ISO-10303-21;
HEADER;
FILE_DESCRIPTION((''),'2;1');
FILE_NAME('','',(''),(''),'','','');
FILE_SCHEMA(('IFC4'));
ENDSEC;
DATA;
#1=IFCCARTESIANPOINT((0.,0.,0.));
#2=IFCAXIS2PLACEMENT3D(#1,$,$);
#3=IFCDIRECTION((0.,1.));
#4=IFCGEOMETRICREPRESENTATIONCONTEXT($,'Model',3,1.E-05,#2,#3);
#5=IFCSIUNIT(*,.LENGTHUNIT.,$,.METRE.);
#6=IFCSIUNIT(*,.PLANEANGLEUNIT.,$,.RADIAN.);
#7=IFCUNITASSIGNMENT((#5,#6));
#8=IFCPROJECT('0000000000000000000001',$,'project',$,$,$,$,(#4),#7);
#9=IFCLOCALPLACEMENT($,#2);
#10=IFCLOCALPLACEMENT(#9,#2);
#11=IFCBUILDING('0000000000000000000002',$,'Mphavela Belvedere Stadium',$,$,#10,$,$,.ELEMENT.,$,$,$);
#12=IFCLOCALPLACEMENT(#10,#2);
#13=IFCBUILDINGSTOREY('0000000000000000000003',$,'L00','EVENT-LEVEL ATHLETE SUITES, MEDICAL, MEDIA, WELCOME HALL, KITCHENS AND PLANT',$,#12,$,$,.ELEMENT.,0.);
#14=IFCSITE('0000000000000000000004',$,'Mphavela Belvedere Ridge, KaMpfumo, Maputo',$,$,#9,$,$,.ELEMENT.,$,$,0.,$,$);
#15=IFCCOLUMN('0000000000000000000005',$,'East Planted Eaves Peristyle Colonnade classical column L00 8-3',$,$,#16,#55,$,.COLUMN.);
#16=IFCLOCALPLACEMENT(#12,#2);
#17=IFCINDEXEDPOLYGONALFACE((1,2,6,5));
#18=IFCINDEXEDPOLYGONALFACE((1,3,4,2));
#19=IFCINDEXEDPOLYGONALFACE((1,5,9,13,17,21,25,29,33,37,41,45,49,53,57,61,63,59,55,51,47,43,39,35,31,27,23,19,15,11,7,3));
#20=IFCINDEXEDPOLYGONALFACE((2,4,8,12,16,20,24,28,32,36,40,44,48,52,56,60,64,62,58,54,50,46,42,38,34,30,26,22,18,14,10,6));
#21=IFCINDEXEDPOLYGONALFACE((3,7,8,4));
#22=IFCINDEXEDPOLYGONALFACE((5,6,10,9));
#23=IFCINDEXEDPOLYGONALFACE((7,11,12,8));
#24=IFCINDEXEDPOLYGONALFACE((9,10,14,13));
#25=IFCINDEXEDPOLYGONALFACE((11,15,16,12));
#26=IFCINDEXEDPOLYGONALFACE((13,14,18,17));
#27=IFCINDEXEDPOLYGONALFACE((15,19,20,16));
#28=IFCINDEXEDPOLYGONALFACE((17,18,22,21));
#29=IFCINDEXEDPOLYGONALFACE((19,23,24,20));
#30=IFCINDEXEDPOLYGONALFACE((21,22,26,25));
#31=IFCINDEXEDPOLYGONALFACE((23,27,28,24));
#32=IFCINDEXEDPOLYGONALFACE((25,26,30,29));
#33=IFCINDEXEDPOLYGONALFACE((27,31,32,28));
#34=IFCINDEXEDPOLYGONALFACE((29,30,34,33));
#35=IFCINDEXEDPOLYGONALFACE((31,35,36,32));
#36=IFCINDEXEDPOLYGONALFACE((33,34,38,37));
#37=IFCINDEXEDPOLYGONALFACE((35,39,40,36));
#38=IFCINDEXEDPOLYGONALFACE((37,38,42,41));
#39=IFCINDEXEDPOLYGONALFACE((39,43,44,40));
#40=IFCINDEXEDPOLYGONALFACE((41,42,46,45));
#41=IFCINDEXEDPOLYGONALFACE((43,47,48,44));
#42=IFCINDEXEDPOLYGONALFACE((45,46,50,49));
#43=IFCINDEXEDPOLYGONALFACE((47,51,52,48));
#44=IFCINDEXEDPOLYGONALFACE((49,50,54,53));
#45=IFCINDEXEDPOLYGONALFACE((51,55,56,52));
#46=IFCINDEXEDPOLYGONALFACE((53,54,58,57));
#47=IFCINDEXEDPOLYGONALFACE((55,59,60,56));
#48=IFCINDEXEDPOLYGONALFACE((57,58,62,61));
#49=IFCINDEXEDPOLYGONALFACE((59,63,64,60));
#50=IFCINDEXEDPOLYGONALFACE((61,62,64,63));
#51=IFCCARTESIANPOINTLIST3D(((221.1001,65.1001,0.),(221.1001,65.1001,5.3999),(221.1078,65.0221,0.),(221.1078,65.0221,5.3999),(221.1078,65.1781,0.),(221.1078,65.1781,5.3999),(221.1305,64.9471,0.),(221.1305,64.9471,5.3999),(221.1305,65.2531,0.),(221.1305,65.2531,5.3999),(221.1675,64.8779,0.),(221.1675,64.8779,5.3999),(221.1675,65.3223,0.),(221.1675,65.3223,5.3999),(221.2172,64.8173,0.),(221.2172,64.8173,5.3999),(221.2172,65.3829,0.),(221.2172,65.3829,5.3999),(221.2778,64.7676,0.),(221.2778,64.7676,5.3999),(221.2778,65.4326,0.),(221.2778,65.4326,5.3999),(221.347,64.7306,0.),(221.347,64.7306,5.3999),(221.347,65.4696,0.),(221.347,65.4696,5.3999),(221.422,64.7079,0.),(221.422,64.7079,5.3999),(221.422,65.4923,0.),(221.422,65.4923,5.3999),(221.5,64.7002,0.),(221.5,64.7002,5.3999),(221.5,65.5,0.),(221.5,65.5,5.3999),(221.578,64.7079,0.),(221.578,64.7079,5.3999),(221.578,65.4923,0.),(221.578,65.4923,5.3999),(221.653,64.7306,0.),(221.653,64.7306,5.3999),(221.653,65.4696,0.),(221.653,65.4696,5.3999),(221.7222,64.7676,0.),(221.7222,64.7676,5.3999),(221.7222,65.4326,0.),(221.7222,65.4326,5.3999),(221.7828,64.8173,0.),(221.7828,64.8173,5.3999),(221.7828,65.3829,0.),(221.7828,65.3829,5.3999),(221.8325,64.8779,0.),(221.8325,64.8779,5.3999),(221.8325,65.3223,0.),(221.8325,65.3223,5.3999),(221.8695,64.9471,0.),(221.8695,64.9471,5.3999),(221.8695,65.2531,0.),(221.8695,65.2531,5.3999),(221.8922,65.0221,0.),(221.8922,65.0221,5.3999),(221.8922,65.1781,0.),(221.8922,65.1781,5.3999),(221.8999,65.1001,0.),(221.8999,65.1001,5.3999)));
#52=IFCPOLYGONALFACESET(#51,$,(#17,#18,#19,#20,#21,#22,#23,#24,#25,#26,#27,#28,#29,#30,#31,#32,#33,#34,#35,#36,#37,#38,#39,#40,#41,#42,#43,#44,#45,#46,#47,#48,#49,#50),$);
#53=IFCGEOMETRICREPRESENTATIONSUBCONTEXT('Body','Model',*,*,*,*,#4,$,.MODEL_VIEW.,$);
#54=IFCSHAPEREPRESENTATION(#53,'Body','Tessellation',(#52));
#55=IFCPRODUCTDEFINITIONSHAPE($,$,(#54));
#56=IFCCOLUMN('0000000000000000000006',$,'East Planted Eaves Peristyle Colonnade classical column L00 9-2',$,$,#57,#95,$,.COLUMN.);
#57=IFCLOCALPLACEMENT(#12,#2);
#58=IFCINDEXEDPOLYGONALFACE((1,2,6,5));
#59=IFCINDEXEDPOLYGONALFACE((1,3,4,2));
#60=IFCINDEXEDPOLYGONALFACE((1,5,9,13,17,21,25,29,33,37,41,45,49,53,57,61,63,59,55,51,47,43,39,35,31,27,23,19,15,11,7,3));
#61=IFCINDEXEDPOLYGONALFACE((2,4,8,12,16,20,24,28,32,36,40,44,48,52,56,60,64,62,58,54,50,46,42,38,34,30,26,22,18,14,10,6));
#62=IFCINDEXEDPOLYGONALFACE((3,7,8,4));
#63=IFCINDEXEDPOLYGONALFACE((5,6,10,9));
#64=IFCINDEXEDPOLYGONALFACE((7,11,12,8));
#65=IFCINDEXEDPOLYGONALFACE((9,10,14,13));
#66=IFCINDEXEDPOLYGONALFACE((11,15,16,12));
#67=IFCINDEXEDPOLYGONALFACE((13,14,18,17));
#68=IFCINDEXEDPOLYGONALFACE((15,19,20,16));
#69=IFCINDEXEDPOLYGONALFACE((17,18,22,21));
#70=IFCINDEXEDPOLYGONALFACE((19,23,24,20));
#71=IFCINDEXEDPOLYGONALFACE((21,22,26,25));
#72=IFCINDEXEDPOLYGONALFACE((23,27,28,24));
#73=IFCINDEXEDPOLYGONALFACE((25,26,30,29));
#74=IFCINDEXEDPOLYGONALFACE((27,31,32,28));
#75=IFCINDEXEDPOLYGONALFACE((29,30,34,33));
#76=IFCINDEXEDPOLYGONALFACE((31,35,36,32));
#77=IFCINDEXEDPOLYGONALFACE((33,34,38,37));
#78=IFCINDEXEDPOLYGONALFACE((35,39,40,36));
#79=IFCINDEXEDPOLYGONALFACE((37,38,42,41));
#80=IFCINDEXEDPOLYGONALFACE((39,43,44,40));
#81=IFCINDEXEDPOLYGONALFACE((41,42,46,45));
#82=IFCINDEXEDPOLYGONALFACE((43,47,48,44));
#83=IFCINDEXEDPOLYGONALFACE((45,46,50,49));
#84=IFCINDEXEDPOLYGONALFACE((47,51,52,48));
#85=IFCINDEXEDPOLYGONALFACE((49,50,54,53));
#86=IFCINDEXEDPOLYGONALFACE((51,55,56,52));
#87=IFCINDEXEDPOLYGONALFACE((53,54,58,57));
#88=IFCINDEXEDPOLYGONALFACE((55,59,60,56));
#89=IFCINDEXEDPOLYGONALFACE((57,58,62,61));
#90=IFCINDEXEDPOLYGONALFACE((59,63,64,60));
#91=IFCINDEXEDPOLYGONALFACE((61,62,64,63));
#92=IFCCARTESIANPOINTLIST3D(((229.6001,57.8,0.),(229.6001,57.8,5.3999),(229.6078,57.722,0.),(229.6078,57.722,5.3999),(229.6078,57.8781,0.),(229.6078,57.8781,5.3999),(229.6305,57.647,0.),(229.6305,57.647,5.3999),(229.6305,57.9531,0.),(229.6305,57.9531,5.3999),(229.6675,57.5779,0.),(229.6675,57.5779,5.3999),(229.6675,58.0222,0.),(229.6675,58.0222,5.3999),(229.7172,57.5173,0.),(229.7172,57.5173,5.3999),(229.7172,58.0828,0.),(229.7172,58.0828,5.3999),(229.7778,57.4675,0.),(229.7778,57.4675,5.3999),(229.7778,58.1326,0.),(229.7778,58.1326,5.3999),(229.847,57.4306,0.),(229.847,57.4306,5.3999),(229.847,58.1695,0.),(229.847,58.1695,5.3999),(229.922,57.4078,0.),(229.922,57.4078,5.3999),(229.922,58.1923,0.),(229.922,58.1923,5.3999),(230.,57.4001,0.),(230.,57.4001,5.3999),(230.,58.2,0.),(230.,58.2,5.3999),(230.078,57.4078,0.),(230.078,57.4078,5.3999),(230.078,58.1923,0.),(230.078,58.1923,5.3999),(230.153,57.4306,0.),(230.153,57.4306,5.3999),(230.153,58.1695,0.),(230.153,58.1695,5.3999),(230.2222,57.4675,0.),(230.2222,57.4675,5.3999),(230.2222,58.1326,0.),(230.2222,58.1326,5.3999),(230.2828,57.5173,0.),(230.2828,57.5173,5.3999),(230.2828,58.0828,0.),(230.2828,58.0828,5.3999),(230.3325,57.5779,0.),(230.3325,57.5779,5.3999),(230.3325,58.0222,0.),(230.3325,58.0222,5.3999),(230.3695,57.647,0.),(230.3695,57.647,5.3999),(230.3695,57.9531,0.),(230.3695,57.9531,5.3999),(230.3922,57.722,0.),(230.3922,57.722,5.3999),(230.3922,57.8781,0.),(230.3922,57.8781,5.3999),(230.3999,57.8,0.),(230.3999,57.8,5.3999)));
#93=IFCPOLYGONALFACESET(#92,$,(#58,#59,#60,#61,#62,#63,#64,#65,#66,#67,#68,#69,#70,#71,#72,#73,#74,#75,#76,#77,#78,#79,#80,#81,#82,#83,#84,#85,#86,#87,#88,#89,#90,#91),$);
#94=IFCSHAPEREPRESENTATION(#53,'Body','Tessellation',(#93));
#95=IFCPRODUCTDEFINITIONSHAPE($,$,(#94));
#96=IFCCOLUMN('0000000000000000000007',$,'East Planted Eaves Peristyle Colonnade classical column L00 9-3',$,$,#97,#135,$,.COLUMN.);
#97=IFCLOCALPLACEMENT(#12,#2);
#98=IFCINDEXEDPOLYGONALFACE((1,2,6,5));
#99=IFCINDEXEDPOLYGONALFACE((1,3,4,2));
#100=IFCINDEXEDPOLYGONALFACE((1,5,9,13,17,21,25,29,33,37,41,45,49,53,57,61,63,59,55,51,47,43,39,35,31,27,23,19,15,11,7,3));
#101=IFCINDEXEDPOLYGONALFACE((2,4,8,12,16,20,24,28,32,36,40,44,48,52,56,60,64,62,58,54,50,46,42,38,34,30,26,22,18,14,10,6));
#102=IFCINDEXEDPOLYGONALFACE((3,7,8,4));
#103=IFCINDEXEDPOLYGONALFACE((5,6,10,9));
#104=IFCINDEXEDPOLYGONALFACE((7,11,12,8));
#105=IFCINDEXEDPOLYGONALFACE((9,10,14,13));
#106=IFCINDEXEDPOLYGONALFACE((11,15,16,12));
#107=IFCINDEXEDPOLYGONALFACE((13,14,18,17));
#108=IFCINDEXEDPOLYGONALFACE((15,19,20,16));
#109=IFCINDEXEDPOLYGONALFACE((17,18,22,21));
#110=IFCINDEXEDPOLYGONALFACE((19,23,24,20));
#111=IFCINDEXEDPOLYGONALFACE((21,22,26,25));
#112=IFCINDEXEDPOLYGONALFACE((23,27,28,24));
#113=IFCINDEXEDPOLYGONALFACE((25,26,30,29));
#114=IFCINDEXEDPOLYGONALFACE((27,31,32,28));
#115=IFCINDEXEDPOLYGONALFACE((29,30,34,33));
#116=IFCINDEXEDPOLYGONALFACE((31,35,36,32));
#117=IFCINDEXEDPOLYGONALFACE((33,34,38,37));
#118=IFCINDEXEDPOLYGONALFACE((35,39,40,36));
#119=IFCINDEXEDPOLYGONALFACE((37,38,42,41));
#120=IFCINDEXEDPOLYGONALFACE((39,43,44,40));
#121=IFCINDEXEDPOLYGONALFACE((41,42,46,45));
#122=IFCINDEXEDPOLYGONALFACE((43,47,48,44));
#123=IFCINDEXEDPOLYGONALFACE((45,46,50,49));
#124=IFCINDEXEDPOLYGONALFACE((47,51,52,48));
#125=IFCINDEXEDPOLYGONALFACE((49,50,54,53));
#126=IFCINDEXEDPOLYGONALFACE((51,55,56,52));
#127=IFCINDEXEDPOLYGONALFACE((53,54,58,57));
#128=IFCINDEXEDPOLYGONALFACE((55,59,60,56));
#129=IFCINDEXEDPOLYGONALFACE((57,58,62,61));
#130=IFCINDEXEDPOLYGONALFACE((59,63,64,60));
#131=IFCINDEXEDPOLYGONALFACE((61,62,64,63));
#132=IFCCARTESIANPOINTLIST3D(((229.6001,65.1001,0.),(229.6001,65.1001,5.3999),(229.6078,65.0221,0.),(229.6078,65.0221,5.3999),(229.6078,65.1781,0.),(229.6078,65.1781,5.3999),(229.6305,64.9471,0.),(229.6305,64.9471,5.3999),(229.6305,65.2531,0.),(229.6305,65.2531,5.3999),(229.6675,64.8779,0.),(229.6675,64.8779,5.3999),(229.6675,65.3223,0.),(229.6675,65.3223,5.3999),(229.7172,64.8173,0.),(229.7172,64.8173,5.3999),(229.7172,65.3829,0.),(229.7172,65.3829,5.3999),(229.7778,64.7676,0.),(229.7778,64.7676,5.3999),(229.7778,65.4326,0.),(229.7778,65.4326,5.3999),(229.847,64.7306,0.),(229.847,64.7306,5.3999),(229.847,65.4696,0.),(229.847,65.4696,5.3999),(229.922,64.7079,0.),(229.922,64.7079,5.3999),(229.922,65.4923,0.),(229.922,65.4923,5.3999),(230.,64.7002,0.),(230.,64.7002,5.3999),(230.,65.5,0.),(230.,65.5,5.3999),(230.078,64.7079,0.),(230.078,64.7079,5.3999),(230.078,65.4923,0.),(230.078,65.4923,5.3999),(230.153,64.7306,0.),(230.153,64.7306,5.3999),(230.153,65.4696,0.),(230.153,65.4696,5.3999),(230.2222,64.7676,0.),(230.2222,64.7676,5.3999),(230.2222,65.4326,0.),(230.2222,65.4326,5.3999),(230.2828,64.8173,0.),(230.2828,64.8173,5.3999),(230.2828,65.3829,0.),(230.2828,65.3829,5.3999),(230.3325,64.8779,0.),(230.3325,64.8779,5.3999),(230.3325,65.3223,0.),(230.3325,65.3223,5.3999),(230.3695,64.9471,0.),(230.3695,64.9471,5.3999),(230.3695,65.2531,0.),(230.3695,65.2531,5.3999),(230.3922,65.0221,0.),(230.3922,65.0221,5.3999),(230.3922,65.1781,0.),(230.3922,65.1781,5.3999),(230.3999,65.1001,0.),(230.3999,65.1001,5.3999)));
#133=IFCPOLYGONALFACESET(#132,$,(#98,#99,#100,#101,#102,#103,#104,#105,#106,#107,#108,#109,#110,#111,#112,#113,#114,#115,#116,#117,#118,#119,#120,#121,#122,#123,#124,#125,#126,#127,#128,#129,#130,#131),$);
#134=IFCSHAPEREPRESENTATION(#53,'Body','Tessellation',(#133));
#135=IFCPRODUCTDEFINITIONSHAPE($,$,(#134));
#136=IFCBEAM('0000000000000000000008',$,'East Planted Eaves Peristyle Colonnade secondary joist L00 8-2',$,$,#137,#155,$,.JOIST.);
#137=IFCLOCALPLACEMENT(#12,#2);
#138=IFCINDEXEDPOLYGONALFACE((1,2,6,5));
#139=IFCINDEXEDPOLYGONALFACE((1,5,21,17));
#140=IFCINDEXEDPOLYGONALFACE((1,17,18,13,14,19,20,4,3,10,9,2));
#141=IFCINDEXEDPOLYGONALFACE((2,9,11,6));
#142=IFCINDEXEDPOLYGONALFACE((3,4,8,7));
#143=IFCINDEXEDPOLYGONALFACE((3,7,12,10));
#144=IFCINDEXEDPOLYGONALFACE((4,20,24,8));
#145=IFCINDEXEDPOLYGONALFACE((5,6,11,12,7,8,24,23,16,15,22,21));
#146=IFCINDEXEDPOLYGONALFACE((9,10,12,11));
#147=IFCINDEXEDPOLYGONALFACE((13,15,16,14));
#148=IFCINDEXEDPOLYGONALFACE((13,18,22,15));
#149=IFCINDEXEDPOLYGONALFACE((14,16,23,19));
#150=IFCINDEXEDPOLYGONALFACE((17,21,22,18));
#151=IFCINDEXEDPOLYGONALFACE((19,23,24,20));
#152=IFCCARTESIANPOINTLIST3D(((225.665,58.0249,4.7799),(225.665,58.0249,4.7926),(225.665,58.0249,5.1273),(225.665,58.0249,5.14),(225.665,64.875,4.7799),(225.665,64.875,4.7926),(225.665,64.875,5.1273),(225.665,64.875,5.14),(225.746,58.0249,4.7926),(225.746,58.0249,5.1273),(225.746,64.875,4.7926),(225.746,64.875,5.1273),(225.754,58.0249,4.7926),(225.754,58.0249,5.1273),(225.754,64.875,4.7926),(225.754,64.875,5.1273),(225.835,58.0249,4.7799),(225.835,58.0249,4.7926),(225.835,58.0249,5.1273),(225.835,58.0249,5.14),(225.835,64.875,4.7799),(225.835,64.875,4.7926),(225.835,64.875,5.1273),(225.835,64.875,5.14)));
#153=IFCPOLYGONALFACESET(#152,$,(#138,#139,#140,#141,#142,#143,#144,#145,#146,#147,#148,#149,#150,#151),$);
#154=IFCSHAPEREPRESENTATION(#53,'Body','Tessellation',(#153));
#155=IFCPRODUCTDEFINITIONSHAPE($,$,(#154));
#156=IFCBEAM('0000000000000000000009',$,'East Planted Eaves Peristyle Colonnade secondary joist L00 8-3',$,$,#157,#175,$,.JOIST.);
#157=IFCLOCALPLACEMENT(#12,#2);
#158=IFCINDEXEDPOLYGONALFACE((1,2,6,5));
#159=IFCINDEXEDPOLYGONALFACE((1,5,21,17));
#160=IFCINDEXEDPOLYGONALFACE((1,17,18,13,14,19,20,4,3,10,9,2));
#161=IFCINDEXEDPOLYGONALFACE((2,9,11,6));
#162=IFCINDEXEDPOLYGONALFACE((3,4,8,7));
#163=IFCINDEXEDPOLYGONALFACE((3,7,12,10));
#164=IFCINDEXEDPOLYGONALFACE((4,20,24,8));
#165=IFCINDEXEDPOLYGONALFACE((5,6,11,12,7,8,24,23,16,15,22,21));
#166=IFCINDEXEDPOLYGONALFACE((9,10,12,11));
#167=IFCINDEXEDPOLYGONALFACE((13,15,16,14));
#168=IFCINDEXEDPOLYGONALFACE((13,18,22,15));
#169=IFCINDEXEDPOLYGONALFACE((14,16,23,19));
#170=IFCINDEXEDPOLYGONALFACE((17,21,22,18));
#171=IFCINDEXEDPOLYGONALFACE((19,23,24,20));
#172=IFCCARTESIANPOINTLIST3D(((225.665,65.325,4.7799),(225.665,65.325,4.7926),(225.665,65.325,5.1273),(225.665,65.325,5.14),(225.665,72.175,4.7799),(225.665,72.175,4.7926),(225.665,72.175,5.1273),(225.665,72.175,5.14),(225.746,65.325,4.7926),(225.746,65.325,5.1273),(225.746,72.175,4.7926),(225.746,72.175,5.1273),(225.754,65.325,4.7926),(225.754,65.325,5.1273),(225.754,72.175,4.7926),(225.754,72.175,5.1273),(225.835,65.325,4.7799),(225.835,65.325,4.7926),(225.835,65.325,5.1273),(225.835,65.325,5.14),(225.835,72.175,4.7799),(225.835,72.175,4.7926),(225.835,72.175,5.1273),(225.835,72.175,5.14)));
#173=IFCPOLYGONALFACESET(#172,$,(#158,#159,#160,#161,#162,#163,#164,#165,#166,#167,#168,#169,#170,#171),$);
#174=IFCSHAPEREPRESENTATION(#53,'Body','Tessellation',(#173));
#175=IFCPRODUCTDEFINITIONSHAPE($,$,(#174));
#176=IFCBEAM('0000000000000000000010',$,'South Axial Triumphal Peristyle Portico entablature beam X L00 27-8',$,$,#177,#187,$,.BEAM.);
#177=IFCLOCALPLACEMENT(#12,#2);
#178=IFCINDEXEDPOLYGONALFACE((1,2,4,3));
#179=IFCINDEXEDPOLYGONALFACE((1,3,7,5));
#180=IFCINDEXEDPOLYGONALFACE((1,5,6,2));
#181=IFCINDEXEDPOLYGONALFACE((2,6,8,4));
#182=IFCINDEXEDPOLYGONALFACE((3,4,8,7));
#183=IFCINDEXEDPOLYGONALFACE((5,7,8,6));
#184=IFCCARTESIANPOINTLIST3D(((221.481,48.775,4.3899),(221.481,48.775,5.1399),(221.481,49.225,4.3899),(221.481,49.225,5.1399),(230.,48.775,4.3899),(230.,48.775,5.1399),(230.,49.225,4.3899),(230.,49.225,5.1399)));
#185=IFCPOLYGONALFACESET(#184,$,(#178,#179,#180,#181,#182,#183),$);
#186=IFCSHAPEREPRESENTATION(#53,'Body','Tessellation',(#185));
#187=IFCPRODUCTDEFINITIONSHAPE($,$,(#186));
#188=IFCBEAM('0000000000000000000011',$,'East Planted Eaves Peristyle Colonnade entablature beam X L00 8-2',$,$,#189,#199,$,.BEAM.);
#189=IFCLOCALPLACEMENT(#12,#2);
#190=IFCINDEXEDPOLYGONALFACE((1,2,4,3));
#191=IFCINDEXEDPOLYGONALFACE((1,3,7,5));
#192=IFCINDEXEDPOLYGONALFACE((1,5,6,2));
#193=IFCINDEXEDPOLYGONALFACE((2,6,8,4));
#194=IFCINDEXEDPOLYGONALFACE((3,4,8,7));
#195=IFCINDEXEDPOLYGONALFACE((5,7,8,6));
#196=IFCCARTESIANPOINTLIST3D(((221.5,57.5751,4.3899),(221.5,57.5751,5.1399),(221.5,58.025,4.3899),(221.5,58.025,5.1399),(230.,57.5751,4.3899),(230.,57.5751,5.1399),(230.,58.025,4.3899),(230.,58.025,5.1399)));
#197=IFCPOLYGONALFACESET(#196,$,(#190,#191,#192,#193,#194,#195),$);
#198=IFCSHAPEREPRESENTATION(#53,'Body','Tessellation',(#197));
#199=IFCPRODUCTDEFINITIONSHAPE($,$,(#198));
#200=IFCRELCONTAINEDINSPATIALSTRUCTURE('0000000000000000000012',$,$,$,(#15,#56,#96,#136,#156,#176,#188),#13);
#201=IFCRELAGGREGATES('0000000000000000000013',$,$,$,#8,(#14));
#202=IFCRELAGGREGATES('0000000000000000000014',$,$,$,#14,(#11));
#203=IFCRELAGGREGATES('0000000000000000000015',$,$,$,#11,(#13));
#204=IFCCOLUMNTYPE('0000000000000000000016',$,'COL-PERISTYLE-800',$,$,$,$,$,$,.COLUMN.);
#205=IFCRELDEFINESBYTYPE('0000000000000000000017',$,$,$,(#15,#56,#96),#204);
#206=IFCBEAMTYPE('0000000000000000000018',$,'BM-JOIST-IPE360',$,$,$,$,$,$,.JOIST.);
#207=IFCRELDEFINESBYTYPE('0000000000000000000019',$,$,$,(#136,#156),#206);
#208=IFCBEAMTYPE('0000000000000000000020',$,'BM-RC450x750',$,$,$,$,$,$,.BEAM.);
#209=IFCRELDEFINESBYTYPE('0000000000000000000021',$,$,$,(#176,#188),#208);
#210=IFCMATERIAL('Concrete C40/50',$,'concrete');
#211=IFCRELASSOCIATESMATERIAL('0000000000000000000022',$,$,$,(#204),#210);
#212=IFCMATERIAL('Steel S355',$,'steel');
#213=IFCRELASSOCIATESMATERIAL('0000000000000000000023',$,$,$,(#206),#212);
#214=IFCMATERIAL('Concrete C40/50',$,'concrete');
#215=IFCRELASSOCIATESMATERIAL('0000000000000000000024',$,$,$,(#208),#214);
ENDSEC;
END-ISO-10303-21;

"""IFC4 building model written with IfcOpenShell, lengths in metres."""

from ifc_helpers import new_model, si_unit, direction, frame, origin, origin_2d, place, context, subcontext, project, spatial, rectangle, circle, i_section, extrude, material, material_profile, profile_set, type_object, element, save


model = new_model("IFC4")

# Units and contexts
model_context = context("Model", 3, precision=1e-05, world=origin(), true_north=direction((0.0, 1.0)))
body_context = subcontext(model_context, "Body", "Model", "MODEL_VIEW")
ifc_project = project(units=[si_unit("LENGTHUNIT", "METRE"), si_unit("PLANEANGLEUNIT", "RADIAN")], contexts=[model_context])

# Site, building, storey
site_placement = place(None, origin())
site = spatial("IfcSite", under=ifc_project, at=site_placement, Name="Mphavela Belvedere Ridge, KaMpfumo, Maputo", CompositionType="ELEMENT", RefElevation=0.0)
building_placement = place(site_placement, origin())
building = spatial("IfcBuilding", under=site, at=building_placement, Name="Mphavela Belvedere Stadium", CompositionType="ELEMENT")
storey_placement = place(building_placement, origin())
storey = spatial("IfcBuildingStorey", under=building, at=storey_placement, Name="L00", Description="EVENT-LEVEL ATHLETE SUITES, MEDICAL, MEDIA, WELCOME HALL, KITCHENS AND PLANT", CompositionType="ELEMENT", Elevation=0.0)

# Columns
ifc_material_1 = material(Name="Concrete C40/50", Category="concrete")
ifc_material_profile_1 = material_profile(ifc_material_1, circle(Radius=0.3999, at=origin_2d()), Name="COL D800")
ifc_profile_set_1 = profile_set([ifc_material_profile_1], Name="Concrete C40/50")
column_type_1 = type_object("IfcColumnType", Name="COL-PERISTYLE-800", PredefinedType="COLUMN", material=ifc_profile_set_1)
for number, where, z_axis, x_axis, name in (
    (1, (221.5, 65.1001, 0.0), (0.0, 0.0, 1.0), (1.0, 0.0, 0.0), "East Planted Eaves Peristyle Colonnade classical column L00 8-3"),
    (2, (230.0, 57.8, 0.0), (0.0, 0.0, 1.0), (1.0, 0.0, 0.0), "East Planted Eaves Peristyle Colonnade classical column L00 9-2"),
    (3, (230.0, 65.1001, 0.0), (0.0, 0.0, 1.0), (1.0, 0.0, 0.0), "East Planted Eaves Peristyle Colonnade classical column L00 9-3"),
):
    element("IfcColumn", number, at=place(storey_placement, frame(where, z_axis=z_axis, x_axis=x_axis)), inside=storey, type_object=column_type_1, Name=name, PredefinedType="COLUMN", context=body_context, shape_type="SweptSolid", body=[
        extrude(circle(Radius=0.3999, at=origin_2d()), origin(), (0.0, 0.0, 1.0), 5.3999),
    ])

# Beams
ifc_material_2 = material(Name="Steel S355", Category="steel")
ifc_material_profile_2 = material_profile(ifc_material_2, i_section(OverallWidth=0.1699, OverallDepth=0.3601, WebThickness=0.0081, FlangeThickness=0.0127, at=origin_2d()), Name="IPE 360")
ifc_profile_set_2 = profile_set([ifc_material_profile_2], Name="Steel S355")
beam_type_1 = type_object("IfcBeamType", Name="BM-JOIST-IPE360", PredefinedType="JOIST", material=ifc_profile_set_2)
for number, where, z_axis, x_axis, name in (
    (4, (225.75, 58.0249, 4.96), (0.0, 1.0, 0.0), (-1.0, 0.0, 0.0), "East Planted Eaves Peristyle Colonnade secondary joist L00 8-2"),
    (5, (225.75, 65.325, 4.96), (0.0, 1.0, 0.0), (-1.0, 0.0, 0.0), "East Planted Eaves Peristyle Colonnade secondary joist L00 8-3"),
):
    element("IfcBeam", number, at=place(storey_placement, frame(where, z_axis=z_axis, x_axis=x_axis)), inside=storey, type_object=beam_type_1, Name=name, PredefinedType="JOIST", context=body_context, shape_type="SweptSolid", body=[
        extrude(i_section(OverallWidth=0.1699, OverallDepth=0.3601, WebThickness=0.0081, FlangeThickness=0.0127, at=origin_2d()), origin(), (0.0, 0.0, 1.0), 6.8501),
    ])
ifc_material_3 = material(Name="Concrete C40/50", Category="concrete")
ifc_material_profile_3 = material_profile(ifc_material_3, rectangle(XDim=0.45, YDim=0.75, at=origin_2d()), Name="RC 450x750")
ifc_profile_set_3 = profile_set([ifc_material_profile_3], Name="Concrete C40/50")
beam_type_2 = type_object("IfcBeamType", Name="BM-RC450x750", PredefinedType="BEAM", material=ifc_profile_set_3)
beam_1_placement = place(storey_placement, frame((221.481, 49.0, 4.7649), z_axis=(1.0, 0.0, 0.0), x_axis=(0.0, 1.0, 0.0)))
element("IfcBeam", 6, at=beam_1_placement, inside=storey, type_object=beam_type_2, Name="South Axial Triumphal Peristyle Portico entablature beam X L00 27-8", PredefinedType="BEAM", context=body_context, shape_type="SweptSolid", body=[
    extrude(rectangle(XDim=0.45, YDim=0.75, at=origin_2d()), origin(), (0.0, 0.0, 1.0), 8.519),
])
beam_2_placement = place(storey_placement, frame((221.5, 57.8, 4.7649), z_axis=(1.0, 0.0, 0.0), x_axis=(0.0, 1.0, 0.0)))
element("IfcBeam", 7, at=beam_2_placement, inside=storey, type_object=beam_type_2, Name="East Planted Eaves Peristyle Colonnade entablature beam X L00 8-2", PredefinedType="BEAM", context=body_context, shape_type="SweptSolid", body=[
    extrude(rectangle(XDim=0.45, YDim=0.75, at=origin_2d()), origin(), (0.0, 0.0, 1.0), 8.5),
])

save(model, "model.ifc")
